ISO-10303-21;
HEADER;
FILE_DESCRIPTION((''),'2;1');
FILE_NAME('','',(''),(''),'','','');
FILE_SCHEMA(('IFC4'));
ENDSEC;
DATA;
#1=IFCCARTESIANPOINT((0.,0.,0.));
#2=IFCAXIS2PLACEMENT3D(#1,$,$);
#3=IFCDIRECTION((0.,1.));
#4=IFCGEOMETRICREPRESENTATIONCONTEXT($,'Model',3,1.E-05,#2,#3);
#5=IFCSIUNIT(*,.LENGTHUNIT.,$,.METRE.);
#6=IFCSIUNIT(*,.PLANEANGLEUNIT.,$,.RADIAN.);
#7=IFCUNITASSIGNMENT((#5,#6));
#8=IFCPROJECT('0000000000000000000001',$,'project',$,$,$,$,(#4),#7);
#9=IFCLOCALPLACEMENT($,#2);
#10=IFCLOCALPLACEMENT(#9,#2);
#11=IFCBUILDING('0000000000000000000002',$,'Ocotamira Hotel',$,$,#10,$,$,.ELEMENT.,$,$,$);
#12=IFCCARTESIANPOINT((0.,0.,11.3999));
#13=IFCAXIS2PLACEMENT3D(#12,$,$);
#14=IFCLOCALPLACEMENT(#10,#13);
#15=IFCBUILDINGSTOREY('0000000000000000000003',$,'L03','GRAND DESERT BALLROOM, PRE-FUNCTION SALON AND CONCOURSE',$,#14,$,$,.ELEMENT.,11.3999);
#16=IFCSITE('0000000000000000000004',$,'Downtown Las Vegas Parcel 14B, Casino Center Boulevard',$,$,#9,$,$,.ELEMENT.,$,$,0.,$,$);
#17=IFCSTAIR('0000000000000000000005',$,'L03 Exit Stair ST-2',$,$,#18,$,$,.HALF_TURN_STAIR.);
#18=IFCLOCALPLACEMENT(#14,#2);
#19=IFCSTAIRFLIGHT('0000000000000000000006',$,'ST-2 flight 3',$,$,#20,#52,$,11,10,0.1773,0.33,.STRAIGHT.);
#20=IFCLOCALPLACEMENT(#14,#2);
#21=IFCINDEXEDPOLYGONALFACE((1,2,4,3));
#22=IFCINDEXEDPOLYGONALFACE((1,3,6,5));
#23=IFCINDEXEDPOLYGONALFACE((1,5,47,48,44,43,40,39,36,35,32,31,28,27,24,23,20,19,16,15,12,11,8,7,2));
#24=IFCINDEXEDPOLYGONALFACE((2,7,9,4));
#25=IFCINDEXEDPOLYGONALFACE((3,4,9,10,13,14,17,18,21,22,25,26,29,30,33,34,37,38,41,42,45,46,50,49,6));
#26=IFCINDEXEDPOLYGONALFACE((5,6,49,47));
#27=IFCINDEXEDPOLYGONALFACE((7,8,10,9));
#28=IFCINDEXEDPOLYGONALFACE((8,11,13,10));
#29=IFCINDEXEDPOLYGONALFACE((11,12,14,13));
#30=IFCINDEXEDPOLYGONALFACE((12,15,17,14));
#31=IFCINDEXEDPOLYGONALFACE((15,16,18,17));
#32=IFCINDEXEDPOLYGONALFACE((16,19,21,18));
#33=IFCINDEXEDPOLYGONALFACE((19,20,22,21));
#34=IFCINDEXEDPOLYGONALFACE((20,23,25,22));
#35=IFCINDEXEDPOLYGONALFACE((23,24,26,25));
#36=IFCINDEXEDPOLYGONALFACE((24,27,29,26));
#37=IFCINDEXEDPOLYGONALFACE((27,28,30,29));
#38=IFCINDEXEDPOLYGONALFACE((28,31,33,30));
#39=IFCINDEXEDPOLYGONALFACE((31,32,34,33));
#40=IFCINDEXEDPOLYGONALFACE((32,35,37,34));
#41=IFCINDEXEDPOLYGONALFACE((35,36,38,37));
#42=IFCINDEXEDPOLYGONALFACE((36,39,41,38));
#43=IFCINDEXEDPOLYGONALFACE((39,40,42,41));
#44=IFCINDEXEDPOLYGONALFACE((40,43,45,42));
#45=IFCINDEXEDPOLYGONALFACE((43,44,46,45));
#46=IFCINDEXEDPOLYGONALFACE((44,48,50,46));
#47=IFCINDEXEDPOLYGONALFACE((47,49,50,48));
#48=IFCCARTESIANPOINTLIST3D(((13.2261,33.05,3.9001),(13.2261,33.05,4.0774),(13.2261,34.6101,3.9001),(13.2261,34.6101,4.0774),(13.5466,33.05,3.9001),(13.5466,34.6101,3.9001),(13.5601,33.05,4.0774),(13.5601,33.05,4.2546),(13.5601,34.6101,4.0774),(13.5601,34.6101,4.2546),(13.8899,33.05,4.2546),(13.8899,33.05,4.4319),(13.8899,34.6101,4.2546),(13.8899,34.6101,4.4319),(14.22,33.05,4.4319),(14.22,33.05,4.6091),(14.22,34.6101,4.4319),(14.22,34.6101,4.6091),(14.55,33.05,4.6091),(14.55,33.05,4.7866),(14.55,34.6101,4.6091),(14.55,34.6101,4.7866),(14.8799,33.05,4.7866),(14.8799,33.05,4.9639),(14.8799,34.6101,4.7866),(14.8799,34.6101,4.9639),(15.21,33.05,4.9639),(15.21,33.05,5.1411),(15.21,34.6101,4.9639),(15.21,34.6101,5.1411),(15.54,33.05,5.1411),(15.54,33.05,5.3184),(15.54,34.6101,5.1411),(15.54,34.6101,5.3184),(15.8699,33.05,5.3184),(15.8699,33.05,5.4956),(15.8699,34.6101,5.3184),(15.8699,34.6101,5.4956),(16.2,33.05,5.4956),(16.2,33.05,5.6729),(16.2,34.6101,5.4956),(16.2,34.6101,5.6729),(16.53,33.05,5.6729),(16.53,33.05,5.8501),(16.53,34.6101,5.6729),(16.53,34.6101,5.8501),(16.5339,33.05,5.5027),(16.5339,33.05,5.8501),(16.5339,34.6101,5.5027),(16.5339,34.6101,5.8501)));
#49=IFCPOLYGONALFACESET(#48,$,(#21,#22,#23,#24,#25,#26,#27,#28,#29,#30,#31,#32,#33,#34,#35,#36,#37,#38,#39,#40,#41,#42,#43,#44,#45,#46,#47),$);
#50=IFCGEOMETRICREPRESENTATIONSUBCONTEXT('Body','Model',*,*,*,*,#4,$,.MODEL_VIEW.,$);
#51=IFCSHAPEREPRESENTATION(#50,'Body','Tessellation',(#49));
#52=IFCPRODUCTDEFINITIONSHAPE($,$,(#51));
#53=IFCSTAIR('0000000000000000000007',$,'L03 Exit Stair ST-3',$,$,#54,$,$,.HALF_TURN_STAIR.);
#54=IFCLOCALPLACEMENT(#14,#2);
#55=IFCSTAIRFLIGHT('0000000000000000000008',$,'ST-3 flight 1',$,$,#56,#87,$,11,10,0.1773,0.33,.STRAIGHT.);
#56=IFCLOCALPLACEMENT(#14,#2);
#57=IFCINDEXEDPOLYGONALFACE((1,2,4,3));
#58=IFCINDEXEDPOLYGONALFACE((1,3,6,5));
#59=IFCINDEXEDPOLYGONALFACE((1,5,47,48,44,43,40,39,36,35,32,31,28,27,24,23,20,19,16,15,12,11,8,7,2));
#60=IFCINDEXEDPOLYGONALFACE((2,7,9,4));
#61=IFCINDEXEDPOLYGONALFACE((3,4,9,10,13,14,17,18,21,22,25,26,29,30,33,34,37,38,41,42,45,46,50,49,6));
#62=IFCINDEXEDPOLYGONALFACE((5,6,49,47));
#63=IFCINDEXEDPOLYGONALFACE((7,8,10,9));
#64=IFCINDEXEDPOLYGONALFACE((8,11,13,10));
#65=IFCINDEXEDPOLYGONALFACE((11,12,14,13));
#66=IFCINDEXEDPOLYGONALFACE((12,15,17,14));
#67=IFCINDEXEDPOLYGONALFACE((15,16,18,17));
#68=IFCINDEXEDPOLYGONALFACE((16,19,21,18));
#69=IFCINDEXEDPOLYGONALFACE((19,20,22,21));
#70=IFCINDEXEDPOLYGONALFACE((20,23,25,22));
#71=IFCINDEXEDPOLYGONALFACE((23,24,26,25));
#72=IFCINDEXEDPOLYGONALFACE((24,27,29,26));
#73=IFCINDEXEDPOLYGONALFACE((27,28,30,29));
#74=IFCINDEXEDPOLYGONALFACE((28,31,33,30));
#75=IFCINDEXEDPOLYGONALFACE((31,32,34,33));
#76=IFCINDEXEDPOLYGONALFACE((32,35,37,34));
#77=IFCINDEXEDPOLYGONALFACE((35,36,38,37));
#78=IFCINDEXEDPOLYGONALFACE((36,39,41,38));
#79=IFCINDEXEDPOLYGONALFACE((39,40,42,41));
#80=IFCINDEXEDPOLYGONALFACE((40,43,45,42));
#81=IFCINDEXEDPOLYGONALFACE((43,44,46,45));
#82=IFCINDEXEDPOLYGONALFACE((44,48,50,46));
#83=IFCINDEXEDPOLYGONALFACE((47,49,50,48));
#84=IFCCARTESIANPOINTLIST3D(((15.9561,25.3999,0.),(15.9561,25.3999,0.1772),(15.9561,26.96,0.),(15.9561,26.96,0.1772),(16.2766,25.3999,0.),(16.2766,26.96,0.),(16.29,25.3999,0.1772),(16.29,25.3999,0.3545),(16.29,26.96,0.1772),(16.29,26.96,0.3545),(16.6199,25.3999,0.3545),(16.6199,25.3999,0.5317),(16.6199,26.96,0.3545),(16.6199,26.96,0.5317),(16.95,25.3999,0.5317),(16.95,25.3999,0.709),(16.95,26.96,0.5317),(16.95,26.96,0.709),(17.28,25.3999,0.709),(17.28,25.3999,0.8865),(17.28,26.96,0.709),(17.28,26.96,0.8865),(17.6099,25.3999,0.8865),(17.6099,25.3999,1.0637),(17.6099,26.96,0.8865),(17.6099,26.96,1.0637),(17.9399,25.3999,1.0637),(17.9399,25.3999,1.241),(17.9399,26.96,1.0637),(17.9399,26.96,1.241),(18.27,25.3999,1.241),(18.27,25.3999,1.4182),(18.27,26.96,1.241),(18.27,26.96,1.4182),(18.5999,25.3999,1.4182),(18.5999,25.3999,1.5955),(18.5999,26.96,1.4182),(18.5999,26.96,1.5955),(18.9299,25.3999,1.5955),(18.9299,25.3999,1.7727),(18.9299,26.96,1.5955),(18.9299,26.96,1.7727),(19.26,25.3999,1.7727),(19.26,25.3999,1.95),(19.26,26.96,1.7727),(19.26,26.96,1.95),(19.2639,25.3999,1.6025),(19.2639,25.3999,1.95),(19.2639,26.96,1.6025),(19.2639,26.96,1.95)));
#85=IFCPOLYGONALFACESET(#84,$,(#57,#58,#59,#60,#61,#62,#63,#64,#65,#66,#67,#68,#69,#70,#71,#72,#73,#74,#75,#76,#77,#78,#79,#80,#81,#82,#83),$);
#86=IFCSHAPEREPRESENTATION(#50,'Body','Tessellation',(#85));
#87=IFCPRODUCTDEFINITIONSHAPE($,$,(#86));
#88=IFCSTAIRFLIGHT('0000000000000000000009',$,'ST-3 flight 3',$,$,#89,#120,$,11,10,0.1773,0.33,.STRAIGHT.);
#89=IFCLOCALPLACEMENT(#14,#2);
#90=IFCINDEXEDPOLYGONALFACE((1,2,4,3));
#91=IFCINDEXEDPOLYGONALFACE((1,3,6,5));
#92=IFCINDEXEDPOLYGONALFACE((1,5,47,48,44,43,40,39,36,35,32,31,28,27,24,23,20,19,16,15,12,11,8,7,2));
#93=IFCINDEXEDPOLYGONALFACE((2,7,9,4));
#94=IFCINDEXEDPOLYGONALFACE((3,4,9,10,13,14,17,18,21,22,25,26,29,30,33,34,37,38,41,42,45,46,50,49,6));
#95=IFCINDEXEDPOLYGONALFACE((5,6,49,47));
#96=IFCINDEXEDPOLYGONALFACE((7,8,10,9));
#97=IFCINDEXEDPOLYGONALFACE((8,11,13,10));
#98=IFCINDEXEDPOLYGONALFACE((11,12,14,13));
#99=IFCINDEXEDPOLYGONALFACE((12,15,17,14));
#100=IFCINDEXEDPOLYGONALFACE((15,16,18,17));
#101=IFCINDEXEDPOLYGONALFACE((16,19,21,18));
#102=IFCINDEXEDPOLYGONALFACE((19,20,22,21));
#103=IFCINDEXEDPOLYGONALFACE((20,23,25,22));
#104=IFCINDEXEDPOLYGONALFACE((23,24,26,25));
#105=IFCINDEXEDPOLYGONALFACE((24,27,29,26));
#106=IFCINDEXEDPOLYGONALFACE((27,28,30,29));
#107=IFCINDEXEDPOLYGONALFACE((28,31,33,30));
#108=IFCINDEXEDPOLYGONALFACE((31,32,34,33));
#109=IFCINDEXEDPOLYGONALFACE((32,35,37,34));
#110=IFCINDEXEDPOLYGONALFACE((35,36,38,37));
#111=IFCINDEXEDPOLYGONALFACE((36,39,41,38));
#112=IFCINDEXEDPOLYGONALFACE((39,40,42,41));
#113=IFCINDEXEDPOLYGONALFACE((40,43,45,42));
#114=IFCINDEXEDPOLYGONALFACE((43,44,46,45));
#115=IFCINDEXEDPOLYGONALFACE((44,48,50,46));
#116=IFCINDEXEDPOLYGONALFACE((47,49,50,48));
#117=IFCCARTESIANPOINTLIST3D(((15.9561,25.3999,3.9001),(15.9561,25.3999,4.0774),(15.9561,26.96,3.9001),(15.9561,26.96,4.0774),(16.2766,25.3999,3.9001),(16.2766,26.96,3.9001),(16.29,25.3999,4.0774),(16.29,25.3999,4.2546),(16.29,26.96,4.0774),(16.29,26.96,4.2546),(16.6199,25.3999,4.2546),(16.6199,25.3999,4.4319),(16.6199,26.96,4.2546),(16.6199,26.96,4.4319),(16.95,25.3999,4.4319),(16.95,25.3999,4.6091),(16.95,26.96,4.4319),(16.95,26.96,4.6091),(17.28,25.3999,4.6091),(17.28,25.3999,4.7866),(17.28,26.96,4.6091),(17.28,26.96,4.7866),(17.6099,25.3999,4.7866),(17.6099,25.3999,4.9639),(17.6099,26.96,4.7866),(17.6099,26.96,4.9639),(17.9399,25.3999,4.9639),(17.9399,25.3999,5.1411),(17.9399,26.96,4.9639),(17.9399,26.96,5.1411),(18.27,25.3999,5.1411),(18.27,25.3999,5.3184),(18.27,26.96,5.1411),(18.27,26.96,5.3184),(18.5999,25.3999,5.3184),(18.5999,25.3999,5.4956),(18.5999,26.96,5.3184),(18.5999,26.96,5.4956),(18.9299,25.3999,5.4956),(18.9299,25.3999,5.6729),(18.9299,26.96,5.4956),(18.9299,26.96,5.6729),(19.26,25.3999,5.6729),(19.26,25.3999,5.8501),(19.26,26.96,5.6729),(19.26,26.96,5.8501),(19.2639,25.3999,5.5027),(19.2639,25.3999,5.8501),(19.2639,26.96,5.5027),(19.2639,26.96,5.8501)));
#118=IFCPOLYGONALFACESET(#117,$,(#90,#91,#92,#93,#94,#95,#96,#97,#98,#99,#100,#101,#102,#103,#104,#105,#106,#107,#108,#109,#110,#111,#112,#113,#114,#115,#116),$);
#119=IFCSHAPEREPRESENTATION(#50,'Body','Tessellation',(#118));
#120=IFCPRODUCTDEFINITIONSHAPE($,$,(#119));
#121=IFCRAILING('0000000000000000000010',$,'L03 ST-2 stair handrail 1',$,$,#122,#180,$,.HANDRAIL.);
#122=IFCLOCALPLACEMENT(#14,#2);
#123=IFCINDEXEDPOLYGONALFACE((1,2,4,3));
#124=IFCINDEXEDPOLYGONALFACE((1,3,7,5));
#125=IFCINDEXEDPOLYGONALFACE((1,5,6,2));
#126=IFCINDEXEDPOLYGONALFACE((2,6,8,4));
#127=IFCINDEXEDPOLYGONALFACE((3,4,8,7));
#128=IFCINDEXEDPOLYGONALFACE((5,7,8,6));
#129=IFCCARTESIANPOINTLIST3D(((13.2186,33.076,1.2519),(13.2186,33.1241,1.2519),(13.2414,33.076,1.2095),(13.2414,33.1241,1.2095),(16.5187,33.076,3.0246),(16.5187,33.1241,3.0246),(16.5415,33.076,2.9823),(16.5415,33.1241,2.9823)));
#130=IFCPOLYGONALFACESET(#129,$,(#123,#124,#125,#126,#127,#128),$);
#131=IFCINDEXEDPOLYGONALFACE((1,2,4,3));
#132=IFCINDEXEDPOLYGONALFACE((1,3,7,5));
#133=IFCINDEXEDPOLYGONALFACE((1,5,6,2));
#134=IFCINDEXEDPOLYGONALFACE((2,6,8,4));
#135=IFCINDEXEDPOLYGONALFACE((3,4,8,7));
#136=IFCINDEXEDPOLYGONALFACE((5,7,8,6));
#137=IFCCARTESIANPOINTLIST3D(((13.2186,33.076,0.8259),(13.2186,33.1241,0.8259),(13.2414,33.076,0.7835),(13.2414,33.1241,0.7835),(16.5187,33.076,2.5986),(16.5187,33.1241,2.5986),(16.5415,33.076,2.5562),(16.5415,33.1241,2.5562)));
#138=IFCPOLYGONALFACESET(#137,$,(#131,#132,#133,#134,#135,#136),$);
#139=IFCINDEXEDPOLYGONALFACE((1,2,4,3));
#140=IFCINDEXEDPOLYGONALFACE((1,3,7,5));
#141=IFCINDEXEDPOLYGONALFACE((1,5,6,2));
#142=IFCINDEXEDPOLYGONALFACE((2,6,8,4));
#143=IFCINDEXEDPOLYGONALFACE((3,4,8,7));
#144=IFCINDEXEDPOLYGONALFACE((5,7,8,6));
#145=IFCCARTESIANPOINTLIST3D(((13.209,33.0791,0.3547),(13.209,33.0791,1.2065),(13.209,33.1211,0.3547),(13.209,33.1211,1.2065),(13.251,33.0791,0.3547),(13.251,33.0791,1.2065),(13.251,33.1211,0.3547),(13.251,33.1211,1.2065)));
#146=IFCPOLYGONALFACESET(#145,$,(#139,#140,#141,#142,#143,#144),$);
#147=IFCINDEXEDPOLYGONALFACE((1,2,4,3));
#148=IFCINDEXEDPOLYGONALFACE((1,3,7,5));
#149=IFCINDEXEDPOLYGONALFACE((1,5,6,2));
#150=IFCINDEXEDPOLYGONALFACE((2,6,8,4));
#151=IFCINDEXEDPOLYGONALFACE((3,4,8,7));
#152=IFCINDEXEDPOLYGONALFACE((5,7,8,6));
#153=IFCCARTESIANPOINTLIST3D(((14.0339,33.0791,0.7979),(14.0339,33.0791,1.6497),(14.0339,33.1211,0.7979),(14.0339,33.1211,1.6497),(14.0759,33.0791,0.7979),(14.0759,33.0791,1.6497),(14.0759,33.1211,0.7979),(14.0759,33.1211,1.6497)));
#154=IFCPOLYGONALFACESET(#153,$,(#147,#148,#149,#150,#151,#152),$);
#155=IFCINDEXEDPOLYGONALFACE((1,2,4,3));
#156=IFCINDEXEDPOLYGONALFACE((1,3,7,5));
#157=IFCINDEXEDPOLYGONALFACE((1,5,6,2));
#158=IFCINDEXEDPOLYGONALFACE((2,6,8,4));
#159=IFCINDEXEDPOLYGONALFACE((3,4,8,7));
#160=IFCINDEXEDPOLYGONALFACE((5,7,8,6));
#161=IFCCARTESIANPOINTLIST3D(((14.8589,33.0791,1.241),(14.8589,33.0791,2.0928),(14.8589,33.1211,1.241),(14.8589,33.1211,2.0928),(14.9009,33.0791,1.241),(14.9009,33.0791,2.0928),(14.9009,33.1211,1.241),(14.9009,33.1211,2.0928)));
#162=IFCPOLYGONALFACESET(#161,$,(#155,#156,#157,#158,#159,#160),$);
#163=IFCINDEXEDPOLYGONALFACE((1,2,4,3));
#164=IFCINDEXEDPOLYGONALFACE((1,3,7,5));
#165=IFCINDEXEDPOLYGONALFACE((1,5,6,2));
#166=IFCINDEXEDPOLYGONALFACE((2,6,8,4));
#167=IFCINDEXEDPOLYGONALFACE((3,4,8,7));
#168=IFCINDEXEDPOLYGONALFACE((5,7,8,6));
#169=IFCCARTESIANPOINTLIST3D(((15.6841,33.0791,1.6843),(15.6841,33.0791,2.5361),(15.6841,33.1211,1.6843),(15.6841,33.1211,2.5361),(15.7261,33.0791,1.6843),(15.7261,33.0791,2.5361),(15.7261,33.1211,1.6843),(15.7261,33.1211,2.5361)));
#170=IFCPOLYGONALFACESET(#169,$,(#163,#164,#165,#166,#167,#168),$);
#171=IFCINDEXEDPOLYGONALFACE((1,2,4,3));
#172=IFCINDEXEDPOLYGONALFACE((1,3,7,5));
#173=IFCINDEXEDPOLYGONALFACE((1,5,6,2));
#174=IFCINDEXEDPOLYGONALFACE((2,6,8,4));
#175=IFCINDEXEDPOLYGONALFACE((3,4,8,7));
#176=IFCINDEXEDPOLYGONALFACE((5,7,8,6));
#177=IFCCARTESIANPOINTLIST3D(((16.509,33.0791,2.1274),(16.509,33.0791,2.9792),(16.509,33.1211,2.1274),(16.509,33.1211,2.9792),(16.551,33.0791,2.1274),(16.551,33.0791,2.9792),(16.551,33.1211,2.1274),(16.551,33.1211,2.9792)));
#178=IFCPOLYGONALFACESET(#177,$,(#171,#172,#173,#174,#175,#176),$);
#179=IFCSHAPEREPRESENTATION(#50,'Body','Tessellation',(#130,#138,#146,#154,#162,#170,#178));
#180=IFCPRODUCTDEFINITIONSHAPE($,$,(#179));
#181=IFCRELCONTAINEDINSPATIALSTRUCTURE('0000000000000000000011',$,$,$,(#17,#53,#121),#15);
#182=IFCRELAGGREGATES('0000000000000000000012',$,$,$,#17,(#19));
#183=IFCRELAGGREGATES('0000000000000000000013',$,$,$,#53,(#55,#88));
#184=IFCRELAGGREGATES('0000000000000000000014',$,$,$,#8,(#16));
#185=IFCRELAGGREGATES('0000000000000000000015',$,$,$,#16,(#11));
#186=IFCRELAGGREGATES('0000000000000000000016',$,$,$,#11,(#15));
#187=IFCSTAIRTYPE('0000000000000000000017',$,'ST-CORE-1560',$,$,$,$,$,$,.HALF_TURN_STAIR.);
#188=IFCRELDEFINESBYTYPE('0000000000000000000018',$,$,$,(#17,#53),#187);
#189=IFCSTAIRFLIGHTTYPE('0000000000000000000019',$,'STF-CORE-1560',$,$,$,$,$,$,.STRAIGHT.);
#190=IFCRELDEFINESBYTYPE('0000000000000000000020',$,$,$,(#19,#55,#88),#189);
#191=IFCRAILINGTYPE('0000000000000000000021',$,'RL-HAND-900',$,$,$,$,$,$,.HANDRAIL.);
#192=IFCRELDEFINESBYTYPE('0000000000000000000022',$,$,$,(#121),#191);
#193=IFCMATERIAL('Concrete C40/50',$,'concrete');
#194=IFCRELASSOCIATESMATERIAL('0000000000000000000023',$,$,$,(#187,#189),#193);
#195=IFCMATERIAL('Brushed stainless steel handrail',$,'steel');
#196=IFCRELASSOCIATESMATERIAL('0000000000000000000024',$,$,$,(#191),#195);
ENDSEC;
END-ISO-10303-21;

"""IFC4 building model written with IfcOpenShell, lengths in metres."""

from ifc_helpers import new_model, si_unit, direction, frame, origin, origin_2d, place, context, subcontext, project, spatial, polyline, rectangle, outline, extrude, source, transform, mapped, material, type_object, element, aggregate, save


model = new_model("IFC4")

# Units and contexts
model_context = context("Model", 3, precision=1e-05, world=origin(), true_north=direction((0.0, 1.0)))
body_context = subcontext(model_context, "Body", "Model", "MODEL_VIEW")
ifc_project = project(units=[si_unit("LENGTHUNIT", "METRE"), si_unit("PLANEANGLEUNIT", "RADIAN")], contexts=[model_context])

# Site, building, storey
site_placement = place(None, origin())
site = spatial("IfcSite", under=ifc_project, at=site_placement, Name="Downtown Las Vegas Parcel 14B, Casino Center Boulevard", CompositionType="ELEMENT", RefElevation=0.0)
building_placement = place(site_placement, origin())
building = spatial("IfcBuilding", under=site, at=building_placement, Name="Ocotamira Hotel", CompositionType="ELEMENT")
storey_placement = place(building_placement, frame((0.0, 0.0, 11.3999)))
storey = spatial("IfcBuildingStorey", under=building, at=storey_placement, Name="L03", Description="GRAND DESERT BALLROOM, PRE-FUNCTION SALON AND CONCOURSE", CompositionType="ELEMENT", Elevation=11.3999)

# Stairs, stair flights
ifc_material_1 = material(Name="Concrete C40/50", Category="concrete")
stair_type = type_object("IfcStairType", Name="ST-CORE-1560", PredefinedType="HALF_TURN_STAIR", material=ifc_material_1)
stair_1_placement = place(storey_placement, origin())
stair_1 = element("IfcStair", 1, at=stair_1_placement, inside=storey, type_object=stair_type, Name="L03 Exit Stair ST-2", PredefinedType="HALF_TURN_STAIR")
stair_flight_type = type_object("IfcStairFlightType", Name="STF-CORE-1560", PredefinedType="STRAIGHT", material=ifc_material_1)
shared_shape_1 = source(origin(), body_context, "Body", "SweptSolid", [
    extrude(outline(polyline([(-0.0039, 0.0), (-0.0039, 0.1772), (0.3301, 0.1772), (0.3301, 0.3545), (0.6599, 0.3545), (0.6599, 0.5317), (0.99, 0.5317), (0.99, 0.709), (1.3201, 0.709), (1.3201, 0.8865), (1.6499, 0.8865), (1.6499, 1.0637), (1.98, 1.0637), (1.98, 1.241), (2.3101, 1.241), (2.3101, 1.4182), (2.6399, 1.4182), (2.6399, 1.5955), (2.97, 1.5955), (2.97, 1.7727), (3.3, 1.7727), (3.3, 1.95), (3.304, 1.95), (3.304, 1.6025), (0.3167, 0.0), (-0.0039, 0.0)])), frame((0.0, 0.78, 0.0), z_axis=(0.0, -1.0, 0.0), x_axis=(1.0, 0.0, 0.0)), (0.0, 0.0, 1.0), 1.5601),
])
stair_flight_1_placement = place(storey_placement, frame((13.23, 33.8301, 3.9001), z_axis=(0.0, 0.0, 1.0), x_axis=(1.0, 0.0, 0.0)))
stair_flight_1 = element("IfcStairFlight", 2, at=stair_flight_1_placement, type_object=stair_flight_type, Name="ST-2 flight 3", NumberOfRisers=11, NumberOfTreads=10, PredefinedType="STRAIGHT", RiserHeight=0.1773, TreadLength=0.33, context=body_context, shape_type="MappedRepresentation", body=[
    mapped(shared_shape_1, transform((0.0, 0.0, 0.0), scale=1.0)),
])
aggregate(stair_1, [stair_flight_1])
stair_2_placement = place(storey_placement, origin())
stair_2 = element("IfcStair", 3, at=stair_2_placement, inside=storey, type_object=stair_type, Name="L03 Exit Stair ST-3", PredefinedType="HALF_TURN_STAIR")
stair_flight_2_placement = place(storey_placement, frame((15.96, 26.1799, 0.0), z_axis=(0.0, 0.0, 1.0), x_axis=(1.0, 0.0, 0.0)))
stair_flight_2 = element("IfcStairFlight", 4, at=stair_flight_2_placement, type_object=stair_flight_type, Name="ST-3 flight 1", NumberOfRisers=11, NumberOfTreads=10, PredefinedType="STRAIGHT", RiserHeight=0.1773, TreadLength=0.33, context=body_context, shape_type="MappedRepresentation", body=[
    mapped(shared_shape_1, transform((0.0, 0.0, 0.0), scale=1.0)),
])
stair_flight_3_placement = place(storey_placement, frame((15.96, 26.1799, 3.9001), z_axis=(0.0, 0.0, 1.0), x_axis=(1.0, 0.0, 0.0)))
stair_flight_3 = element("IfcStairFlight", 5, at=stair_flight_3_placement, type_object=stair_flight_type, Name="ST-3 flight 3", NumberOfRisers=11, NumberOfTreads=10, PredefinedType="STRAIGHT", RiserHeight=0.1773, TreadLength=0.33, context=body_context, shape_type="MappedRepresentation", body=[
    mapped(shared_shape_1, transform((0.0, 0.0, 0.0), scale=1.0)),
])
aggregate(stair_2, [stair_flight_2, stair_flight_3])

# Railing
ifc_material_2 = material(Name="Brushed stainless steel handrail", Category="steel")
railing_type_1 = type_object("IfcRailingType", Name="RL-HAND-900", PredefinedType="HANDRAIL", material=ifc_material_2)
for number, where, name in (
    (6, (13.23, 33.1001, 0.3547), "L03 ST-2 stair handrail 1"),
):
    element("IfcRailing", number, at=place(storey_placement, frame(where)), inside=storey, type_object=railing_type_1, Name=name, PredefinedType="HANDRAIL", context=body_context, shape_type="SweptSolid", body=[
        extrude(rectangle(XDim=0.0481, YDim=0.0481, at=origin_2d()), frame((0.0, 0.0, 0.876), z_axis=(0.880944, 0.0, 0.473221), x_axis=(0.0, 1.0, 0.0)), (0.0, 0.0, 1.0), 3.7461),
        extrude(rectangle(XDim=0.0481, YDim=0.0481, at=origin_2d()), frame((0.0, 0.0, 0.45), z_axis=(0.880944, 0.0, 0.473221), x_axis=(0.0, 1.0, 0.0)), (0.0, 0.0, 1.0), 3.7461),
        extrude(rectangle(XDim=0.042, YDim=0.042, at=origin_2d()), origin(), (0.0, 0.0, 1.0), 0.8518),
        extrude(rectangle(XDim=0.042, YDim=0.042, at=origin_2d()), frame((0.825, 0.0, 0.4431)), (0.0, 0.0, 1.0), 0.8518),
        extrude(rectangle(XDim=0.042, YDim=0.042, at=origin_2d()), frame((1.6499, 0.0, 0.8862)), (0.0, 0.0, 1.0), 0.8518),
        extrude(rectangle(XDim=0.042, YDim=0.042, at=origin_2d()), frame((2.4751, 0.0, 1.3296)), (0.0, 0.0, 1.0), 0.8518),
        extrude(rectangle(XDim=0.042, YDim=0.042, at=origin_2d()), frame((3.3, 0.0, 1.7727)), (0.0, 0.0, 1.0), 0.8518),
    ])

save(model, "model.ifc")
